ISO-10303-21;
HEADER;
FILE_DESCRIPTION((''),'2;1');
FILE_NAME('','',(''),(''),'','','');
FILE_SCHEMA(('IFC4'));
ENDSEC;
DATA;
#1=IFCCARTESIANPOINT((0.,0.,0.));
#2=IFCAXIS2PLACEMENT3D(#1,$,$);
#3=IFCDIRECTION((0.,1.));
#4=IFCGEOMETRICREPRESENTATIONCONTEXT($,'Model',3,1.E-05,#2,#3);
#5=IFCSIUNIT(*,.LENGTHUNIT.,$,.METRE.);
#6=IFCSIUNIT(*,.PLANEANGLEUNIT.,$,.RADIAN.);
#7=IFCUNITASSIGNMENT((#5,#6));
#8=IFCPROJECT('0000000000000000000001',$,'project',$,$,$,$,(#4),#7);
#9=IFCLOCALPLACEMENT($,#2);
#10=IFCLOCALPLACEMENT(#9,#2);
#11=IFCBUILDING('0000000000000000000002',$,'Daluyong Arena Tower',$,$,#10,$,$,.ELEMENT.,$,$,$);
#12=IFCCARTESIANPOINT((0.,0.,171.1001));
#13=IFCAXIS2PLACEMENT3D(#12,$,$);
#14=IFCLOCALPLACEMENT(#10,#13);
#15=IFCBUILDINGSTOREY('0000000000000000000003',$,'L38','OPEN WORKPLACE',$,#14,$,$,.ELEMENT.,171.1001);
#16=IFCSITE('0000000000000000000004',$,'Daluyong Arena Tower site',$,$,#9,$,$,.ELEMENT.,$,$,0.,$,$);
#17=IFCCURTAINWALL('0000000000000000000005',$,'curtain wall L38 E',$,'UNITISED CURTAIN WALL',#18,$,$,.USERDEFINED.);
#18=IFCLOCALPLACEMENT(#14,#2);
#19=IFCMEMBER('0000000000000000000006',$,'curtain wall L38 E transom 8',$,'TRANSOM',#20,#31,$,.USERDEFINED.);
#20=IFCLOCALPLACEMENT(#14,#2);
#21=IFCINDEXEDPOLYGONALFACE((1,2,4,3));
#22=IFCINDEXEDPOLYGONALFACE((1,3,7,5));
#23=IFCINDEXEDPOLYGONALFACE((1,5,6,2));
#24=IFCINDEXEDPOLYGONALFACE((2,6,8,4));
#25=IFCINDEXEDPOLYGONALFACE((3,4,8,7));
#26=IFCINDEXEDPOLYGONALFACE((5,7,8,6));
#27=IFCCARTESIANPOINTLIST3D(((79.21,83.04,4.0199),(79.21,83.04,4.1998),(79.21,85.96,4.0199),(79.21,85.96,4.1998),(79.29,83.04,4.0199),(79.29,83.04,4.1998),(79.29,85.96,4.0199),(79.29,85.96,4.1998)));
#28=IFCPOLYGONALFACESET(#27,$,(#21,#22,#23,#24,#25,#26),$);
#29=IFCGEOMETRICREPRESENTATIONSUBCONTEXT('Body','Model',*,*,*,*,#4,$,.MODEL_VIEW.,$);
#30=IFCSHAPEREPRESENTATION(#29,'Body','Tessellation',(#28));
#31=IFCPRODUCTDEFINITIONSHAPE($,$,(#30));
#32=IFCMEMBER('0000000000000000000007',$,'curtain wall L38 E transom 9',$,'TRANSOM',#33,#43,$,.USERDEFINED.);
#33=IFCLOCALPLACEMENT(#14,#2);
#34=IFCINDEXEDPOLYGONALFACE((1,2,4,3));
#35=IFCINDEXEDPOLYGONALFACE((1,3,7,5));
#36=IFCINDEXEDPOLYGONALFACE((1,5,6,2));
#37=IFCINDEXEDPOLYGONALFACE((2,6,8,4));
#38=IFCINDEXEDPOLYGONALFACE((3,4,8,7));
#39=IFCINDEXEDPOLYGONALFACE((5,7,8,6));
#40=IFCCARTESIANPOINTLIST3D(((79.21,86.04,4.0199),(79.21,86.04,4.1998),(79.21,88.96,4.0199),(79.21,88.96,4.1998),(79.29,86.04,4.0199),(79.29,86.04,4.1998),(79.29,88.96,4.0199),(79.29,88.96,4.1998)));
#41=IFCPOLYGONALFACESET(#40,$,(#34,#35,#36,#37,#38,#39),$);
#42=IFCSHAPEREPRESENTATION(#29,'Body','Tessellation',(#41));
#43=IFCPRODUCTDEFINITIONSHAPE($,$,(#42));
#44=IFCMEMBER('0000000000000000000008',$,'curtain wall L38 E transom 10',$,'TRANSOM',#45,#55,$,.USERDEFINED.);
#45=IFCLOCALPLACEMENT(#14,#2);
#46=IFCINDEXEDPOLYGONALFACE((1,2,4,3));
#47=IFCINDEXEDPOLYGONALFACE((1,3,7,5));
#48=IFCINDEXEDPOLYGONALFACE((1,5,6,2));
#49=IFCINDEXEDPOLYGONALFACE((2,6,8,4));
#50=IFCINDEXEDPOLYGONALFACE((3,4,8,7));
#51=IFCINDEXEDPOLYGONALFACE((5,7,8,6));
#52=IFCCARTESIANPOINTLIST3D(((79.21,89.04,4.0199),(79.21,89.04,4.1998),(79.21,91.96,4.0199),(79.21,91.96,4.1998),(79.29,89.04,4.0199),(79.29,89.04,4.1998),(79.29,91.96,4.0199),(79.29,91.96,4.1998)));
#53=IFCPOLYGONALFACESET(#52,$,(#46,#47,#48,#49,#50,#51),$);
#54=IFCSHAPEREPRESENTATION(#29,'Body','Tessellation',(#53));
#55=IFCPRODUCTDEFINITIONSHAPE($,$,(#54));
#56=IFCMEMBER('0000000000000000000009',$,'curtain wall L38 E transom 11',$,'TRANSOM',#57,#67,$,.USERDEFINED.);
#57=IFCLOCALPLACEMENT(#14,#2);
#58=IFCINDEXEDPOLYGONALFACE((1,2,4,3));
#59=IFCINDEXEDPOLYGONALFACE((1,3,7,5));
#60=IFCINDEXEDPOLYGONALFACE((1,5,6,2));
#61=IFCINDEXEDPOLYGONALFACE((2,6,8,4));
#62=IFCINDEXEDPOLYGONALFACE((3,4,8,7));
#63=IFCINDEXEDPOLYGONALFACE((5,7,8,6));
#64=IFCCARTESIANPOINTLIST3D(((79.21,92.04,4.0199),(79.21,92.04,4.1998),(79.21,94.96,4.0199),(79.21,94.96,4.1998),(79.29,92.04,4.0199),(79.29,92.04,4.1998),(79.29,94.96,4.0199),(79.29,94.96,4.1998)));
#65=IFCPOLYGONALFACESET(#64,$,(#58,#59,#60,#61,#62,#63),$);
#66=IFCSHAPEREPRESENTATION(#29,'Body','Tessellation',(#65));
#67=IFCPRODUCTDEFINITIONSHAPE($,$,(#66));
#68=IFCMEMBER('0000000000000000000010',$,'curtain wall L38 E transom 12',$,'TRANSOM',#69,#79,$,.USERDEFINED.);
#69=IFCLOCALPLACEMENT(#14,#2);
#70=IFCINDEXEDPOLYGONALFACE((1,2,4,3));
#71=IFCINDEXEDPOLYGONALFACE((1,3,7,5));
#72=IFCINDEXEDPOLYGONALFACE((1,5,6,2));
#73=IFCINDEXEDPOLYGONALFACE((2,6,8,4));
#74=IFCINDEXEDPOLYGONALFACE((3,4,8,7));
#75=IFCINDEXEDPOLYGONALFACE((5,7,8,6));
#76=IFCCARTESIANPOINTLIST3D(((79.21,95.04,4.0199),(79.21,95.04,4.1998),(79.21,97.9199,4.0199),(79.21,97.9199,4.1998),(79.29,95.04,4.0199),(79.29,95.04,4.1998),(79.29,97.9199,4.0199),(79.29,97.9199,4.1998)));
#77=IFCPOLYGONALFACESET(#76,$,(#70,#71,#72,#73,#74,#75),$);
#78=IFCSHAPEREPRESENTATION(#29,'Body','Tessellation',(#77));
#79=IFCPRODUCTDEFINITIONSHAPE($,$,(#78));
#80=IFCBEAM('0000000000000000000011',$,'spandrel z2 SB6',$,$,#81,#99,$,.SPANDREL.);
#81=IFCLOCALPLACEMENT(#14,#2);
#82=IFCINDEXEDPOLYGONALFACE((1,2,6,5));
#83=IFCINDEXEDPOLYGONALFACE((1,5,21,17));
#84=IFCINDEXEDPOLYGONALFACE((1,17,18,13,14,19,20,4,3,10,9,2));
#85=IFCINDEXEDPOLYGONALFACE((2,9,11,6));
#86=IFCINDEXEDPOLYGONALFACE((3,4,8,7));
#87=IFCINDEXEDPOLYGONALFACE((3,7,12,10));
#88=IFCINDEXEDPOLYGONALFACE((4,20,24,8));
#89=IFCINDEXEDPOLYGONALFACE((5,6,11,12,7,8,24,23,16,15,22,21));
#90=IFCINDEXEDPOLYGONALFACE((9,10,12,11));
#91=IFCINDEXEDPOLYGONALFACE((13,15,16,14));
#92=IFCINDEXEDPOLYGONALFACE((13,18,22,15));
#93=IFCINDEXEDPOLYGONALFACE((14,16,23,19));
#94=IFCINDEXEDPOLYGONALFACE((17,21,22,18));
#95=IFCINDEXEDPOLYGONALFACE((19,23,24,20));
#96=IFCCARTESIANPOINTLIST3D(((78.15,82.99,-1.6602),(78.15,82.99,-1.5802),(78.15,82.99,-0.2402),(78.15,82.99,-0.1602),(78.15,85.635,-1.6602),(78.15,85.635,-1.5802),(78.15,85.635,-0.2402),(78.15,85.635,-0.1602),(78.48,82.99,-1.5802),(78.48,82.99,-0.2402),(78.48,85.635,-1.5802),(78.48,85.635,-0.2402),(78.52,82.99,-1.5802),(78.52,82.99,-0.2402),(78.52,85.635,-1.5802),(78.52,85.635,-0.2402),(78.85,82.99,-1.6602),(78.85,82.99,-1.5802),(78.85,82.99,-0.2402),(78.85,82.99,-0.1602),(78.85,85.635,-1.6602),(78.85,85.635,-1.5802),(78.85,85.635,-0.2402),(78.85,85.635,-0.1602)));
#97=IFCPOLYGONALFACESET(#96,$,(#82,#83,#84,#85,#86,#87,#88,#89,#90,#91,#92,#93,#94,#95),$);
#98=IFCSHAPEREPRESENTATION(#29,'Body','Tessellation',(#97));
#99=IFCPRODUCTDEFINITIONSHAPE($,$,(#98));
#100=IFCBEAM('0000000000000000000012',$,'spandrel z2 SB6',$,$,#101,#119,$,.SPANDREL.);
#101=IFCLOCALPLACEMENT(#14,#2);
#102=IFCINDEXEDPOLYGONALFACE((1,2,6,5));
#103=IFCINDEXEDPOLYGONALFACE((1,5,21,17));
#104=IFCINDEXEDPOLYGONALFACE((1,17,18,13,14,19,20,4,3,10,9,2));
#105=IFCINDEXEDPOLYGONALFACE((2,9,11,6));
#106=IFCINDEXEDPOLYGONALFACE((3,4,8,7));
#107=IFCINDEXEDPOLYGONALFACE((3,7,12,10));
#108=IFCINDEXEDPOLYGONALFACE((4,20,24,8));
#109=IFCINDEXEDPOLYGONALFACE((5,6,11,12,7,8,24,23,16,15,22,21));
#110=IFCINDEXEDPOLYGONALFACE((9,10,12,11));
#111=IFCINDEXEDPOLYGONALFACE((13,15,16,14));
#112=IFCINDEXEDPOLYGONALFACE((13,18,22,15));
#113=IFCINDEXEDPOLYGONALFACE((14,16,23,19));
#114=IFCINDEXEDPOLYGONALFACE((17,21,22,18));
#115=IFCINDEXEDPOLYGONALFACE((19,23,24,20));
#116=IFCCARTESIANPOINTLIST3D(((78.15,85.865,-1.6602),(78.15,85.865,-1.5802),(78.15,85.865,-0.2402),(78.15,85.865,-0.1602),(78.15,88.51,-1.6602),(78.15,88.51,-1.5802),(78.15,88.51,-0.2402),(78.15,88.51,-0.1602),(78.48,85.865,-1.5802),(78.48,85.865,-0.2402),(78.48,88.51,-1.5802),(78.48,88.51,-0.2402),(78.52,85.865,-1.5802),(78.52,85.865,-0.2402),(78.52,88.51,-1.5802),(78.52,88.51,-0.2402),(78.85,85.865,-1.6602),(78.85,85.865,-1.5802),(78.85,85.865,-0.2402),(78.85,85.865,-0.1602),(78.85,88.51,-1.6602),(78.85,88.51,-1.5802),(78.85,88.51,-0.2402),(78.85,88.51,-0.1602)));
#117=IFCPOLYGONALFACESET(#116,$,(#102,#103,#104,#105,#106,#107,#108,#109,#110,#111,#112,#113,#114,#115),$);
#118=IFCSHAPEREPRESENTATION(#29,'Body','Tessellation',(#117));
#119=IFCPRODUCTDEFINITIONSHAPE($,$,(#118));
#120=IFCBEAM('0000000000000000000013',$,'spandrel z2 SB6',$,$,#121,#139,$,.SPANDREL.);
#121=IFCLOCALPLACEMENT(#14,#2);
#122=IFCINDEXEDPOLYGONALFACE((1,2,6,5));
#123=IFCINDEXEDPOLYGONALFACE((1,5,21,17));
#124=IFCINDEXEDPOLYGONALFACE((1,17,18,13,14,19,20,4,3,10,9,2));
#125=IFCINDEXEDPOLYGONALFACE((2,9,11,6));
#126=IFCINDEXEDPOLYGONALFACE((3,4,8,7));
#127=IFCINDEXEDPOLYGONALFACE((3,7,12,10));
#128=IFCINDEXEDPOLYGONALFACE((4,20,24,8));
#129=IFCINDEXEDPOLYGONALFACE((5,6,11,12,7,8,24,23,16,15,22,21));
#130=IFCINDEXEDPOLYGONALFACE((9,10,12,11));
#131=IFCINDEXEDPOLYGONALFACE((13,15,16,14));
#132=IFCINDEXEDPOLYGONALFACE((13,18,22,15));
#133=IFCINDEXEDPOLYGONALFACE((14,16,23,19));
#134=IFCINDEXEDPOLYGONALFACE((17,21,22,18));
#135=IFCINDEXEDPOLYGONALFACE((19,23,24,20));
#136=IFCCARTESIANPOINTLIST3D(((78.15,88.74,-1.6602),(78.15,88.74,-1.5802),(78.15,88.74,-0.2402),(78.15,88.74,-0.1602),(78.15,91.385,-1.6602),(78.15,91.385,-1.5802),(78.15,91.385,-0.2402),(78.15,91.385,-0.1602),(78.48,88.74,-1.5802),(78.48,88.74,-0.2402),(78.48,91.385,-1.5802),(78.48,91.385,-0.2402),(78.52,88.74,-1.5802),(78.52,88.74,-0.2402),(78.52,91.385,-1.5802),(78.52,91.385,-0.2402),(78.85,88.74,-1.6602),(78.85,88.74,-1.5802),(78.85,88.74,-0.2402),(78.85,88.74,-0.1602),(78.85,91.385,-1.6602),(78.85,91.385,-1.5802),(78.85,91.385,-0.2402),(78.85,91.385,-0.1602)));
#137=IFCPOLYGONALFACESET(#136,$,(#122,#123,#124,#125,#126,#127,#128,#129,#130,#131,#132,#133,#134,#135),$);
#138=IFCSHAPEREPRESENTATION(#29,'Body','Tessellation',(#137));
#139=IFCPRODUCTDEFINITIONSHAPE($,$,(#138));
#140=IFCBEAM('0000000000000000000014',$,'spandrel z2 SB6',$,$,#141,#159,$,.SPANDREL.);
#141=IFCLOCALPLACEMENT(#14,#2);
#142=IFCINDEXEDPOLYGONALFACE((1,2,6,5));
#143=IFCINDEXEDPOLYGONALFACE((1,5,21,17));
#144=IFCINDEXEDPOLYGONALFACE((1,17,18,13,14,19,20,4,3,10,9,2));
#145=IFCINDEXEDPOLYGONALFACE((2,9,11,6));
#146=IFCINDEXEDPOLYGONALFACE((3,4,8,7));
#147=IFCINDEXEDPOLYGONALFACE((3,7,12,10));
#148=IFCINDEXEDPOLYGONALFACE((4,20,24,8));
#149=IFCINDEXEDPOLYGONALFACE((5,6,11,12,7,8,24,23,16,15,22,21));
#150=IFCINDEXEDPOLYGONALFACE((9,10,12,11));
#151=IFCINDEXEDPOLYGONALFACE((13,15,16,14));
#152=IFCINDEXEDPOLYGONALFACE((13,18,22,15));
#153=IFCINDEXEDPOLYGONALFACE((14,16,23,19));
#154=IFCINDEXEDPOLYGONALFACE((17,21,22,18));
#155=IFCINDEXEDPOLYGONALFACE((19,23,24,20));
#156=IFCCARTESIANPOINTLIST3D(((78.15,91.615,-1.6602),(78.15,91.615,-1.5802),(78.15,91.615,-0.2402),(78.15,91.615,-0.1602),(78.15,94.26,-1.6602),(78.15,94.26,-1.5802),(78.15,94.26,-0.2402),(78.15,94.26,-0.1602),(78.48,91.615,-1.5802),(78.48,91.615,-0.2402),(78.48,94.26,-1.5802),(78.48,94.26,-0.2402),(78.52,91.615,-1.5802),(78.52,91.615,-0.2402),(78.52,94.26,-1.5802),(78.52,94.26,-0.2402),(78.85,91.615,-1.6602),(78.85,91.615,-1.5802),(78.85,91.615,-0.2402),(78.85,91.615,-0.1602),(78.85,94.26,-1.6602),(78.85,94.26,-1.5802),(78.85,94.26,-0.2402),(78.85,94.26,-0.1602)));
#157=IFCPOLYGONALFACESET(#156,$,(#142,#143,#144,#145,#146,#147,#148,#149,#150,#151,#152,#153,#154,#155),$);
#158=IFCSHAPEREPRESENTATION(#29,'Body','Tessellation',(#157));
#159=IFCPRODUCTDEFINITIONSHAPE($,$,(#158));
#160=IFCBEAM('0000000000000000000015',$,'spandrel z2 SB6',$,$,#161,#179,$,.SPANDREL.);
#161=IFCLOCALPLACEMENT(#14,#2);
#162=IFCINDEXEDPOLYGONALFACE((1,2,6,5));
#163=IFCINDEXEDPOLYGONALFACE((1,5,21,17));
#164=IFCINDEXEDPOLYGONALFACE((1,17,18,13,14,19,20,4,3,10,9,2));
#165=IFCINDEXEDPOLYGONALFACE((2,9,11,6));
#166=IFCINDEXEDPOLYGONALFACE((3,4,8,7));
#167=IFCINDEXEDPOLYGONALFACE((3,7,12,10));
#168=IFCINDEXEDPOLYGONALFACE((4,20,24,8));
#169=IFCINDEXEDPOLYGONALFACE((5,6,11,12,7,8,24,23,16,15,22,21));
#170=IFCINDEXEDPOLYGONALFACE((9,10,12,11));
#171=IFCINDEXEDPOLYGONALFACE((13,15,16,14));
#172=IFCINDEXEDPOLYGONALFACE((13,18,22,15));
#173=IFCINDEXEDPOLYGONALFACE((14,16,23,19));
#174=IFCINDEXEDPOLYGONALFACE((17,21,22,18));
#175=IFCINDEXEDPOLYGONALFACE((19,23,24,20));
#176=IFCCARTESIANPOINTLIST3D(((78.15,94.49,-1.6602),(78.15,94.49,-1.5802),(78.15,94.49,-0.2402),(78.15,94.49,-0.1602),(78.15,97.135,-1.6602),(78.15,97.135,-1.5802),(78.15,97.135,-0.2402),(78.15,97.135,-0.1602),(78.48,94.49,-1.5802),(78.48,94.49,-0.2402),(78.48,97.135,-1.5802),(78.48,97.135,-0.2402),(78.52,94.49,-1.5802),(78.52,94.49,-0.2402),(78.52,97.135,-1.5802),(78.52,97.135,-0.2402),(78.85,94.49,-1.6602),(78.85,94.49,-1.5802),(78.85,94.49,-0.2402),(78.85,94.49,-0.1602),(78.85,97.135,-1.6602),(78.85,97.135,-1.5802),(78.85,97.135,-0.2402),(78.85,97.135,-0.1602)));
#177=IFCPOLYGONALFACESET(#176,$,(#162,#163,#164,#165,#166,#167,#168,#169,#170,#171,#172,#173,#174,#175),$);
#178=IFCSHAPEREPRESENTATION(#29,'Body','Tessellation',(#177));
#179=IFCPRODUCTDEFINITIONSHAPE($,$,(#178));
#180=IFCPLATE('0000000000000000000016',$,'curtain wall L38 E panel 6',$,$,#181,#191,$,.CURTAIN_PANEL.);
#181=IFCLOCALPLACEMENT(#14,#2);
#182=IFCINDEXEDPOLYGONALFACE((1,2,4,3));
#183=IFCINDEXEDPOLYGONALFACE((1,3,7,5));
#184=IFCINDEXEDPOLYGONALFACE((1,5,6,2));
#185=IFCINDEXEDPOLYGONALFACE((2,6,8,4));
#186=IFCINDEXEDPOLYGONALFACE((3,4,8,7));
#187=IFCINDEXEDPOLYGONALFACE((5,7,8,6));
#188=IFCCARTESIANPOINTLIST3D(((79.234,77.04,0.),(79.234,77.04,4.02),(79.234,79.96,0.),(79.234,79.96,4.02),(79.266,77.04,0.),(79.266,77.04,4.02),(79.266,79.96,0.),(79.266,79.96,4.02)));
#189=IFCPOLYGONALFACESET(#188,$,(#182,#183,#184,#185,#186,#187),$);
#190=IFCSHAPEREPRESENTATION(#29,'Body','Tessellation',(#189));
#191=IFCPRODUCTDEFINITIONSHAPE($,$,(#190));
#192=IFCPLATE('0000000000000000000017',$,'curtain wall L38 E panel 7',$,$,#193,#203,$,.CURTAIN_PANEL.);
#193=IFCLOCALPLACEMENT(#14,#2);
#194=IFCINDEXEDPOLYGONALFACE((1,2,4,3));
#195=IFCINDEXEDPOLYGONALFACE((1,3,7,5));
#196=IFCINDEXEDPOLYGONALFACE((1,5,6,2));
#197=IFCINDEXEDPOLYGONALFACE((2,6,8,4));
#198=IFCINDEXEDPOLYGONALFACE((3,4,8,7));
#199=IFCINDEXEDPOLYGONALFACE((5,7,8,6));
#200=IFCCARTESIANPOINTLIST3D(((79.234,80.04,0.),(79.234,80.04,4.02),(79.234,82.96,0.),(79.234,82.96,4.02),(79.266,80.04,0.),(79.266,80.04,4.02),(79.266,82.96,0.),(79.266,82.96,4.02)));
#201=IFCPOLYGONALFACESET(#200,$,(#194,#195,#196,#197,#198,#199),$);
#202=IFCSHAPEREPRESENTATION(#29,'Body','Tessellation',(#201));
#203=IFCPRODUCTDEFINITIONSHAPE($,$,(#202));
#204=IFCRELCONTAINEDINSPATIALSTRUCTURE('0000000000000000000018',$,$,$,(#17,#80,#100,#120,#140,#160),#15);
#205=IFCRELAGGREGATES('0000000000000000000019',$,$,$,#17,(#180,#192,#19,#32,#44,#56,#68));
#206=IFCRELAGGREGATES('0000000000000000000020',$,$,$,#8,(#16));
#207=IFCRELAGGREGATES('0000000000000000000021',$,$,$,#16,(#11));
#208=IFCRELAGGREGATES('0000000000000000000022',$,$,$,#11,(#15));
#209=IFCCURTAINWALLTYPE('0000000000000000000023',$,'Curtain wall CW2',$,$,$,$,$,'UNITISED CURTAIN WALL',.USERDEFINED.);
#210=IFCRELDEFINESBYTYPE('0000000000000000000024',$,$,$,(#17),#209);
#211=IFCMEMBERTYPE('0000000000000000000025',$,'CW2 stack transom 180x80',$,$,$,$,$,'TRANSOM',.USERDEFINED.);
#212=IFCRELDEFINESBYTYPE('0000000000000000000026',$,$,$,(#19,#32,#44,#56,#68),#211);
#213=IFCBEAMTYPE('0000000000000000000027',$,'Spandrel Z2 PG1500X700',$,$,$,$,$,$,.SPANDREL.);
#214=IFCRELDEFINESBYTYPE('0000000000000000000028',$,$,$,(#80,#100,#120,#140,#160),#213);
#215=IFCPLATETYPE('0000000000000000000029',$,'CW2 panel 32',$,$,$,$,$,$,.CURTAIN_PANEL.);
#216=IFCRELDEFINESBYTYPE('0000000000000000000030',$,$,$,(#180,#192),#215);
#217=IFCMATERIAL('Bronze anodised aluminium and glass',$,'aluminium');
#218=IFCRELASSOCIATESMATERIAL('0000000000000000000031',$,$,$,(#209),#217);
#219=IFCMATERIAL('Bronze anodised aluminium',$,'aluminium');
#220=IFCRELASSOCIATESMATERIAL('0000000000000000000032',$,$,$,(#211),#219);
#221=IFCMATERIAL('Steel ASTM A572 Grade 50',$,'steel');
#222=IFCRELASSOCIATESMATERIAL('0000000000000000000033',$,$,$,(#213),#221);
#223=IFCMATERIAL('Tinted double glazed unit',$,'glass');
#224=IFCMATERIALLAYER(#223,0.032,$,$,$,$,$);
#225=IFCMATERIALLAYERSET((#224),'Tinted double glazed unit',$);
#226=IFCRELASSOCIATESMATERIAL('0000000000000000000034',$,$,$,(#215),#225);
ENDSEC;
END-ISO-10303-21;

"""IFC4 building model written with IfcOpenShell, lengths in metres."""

from ifc_helpers import new_model, si_unit, direction, frame, origin, origin_2d, place, context, subcontext, project, spatial, rectangle, i_section, extrude, material, layer, layer_set, material_profile, profile_set, type_object, element, aggregate, save


model = new_model("IFC4")

# Units and contexts
model_context = context("Model", 3, precision=1e-05, world=origin(), true_north=direction((0.0, 1.0)))
body_context = subcontext(model_context, "Body", "Model", "MODEL_VIEW")
ifc_project = project(units=[si_unit("LENGTHUNIT", "METRE"), si_unit("PLANEANGLEUNIT", "RADIAN")], contexts=[model_context])

# Site, building, storey
site_placement = place(None, origin())
site = spatial("IfcSite", under=ifc_project, at=site_placement, Name="Daluyong Arena Tower site", CompositionType="ELEMENT", RefElevation=0.0)
building_placement = place(site_placement, origin())
building = spatial("IfcBuilding", under=site, at=building_placement, Name="Daluyong Arena Tower", CompositionType="ELEMENT")
storey_placement = place(building_placement, frame((0.0, 0.0, 171.1001)))
storey = spatial("IfcBuildingStorey", under=building, at=storey_placement, Name="L38", Description="OPEN WORKPLACE", CompositionType="ELEMENT", Elevation=171.1001)

# Curtain wall, members
ifc_material_1 = material(Name="Bronze anodised aluminium and glass", Category="aluminium")
curtain_wall_type = type_object("IfcCurtainWallType", Name="Curtain wall CW2", ElementType="UNITISED CURTAIN WALL", PredefinedType="USERDEFINED", material=ifc_material_1)
curtain_wall_placement = place(storey_placement, origin())
curtain_wall = element("IfcCurtainWall", 1, at=curtain_wall_placement, inside=storey, type_object=curtain_wall_type, Name="curtain wall L38 E", ObjectType="UNITISED CURTAIN WALL", PredefinedType="USERDEFINED")
ifc_material_2 = material(Name="Bronze anodised aluminium", Category="aluminium")
ifc_material_profile_1 = material_profile(ifc_material_2, rectangle(XDim=0.0801, YDim=0.1799, at=origin_2d()))
ifc_profile_set_1 = profile_set([ifc_material_profile_1], Name="Bronze anodised aluminium")
member_type_1 = type_object("IfcMemberType", Name="CW2 stack transom 180x80", ElementType="TRANSOM", PredefinedType="USERDEFINED", material=ifc_profile_set_1)
member_1_placement = place(storey_placement, frame((79.25, 83.04, 4.1099), z_axis=(0.0, 1.0, 0.0), x_axis=(-1.0, 0.0, 0.0)))
member_1 = element("IfcMember", 2, at=member_1_placement, type_object=member_type_1, Name="curtain wall L38 E transom 8", ObjectType="TRANSOM", PredefinedType="USERDEFINED", context=body_context, shape_type="SweptSolid", body=[
    extrude(rectangle(XDim=0.0801, YDim=0.1799, at=origin_2d()), origin(), (0.0, 0.0, 1.0), 2.9199),
])
member_2_placement = place(storey_placement, frame((79.25, 86.04, 4.1099), z_axis=(0.0, 1.0, 0.0), x_axis=(-1.0, 0.0, 0.0)))
member_2 = element("IfcMember", 3, at=member_2_placement, type_object=member_type_1, Name="curtain wall L38 E transom 9", ObjectType="TRANSOM", PredefinedType="USERDEFINED", context=body_context, shape_type="SweptSolid", body=[
    extrude(rectangle(XDim=0.0801, YDim=0.1799, at=origin_2d()), origin(), (0.0, 0.0, 1.0), 2.9199),
])
member_3_placement = place(storey_placement, frame((79.25, 89.04, 4.1099), z_axis=(0.0, 1.0, 0.0), x_axis=(-1.0, 0.0, 0.0)))
member_3 = element("IfcMember", 4, at=member_3_placement, type_object=member_type_1, Name="curtain wall L38 E transom 10", ObjectType="TRANSOM", PredefinedType="USERDEFINED", context=body_context, shape_type="SweptSolid", body=[
    extrude(rectangle(XDim=0.0801, YDim=0.1799, at=origin_2d()), origin(), (0.0, 0.0, 1.0), 2.9199),
])
member_4_placement = place(storey_placement, frame((79.25, 92.04, 4.1099), z_axis=(0.0, 1.0, 0.0), x_axis=(-1.0, 0.0, 0.0)))
member_4 = element("IfcMember", 5, at=member_4_placement, type_object=member_type_1, Name="curtain wall L38 E transom 11", ObjectType="TRANSOM", PredefinedType="USERDEFINED", context=body_context, shape_type="SweptSolid", body=[
    extrude(rectangle(XDim=0.0801, YDim=0.1799, at=origin_2d()), origin(), (0.0, 0.0, 1.0), 2.9199),
])
member_5_placement = place(storey_placement, frame((79.25, 95.04, 4.1099), z_axis=(0.0, 1.0, 0.0), x_axis=(-1.0, 0.0, 0.0)))
member_5 = element("IfcMember", 6, at=member_5_placement, type_object=member_type_1, Name="curtain wall L38 E transom 12", ObjectType="TRANSOM", PredefinedType="USERDEFINED", context=body_context, shape_type="SweptSolid", body=[
    extrude(rectangle(XDim=0.0801, YDim=0.1799, at=origin_2d()), origin(), (0.0, 0.0, 1.0), 2.8799),
])

# Beams
ifc_material_3 = material(Name="Steel ASTM A572 Grade 50", Category="steel")
ifc_material_profile_2 = material_profile(ifc_material_3, i_section(OverallWidth=0.7, OverallDepth=1.5, WebThickness=0.04, FlangeThickness=0.08, at=origin_2d()))
ifc_profile_set_2 = profile_set([ifc_material_profile_2], Name="Steel ASTM A572 Grade 50")
beam_type = type_object("IfcBeamType", Name="Spandrel Z2 PG1500X700", PredefinedType="SPANDREL", material=ifc_profile_set_2)
for number, where, z_axis, x_axis, name in (
    (7, (78.5, 82.99, -0.9102), (0.0, 1.0, 0.0), (-1.0, 0.0, 0.0), "spandrel z2 SB6"),
    (8, (78.5, 85.865, -0.9102), (0.0, 1.0, 0.0), (-1.0, 0.0, 0.0), "spandrel z2 SB6"),
    (9, (78.5, 88.74, -0.9102), (0.0, 1.0, 0.0), (-1.0, 0.0, 0.0), "spandrel z2 SB6"),
    (10, (78.5, 91.615, -0.9102), (0.0, 1.0, 0.0), (-1.0, 0.0, 0.0), "spandrel z2 SB6"),
    (11, (78.5, 94.49, -0.9102), (0.0, 1.0, 0.0), (-1.0, 0.0, 0.0), "spandrel z2 SB6"),
):
    element("IfcBeam", number, at=place(storey_placement, frame(where, z_axis=z_axis, x_axis=x_axis)), inside=storey, type_object=beam_type, Name=name, PredefinedType="SPANDREL", context=body_context, shape_type="SweptSolid", body=[
        extrude(i_section(OverallWidth=0.7, OverallDepth=1.5, WebThickness=0.04, FlangeThickness=0.08, at=origin_2d()), origin(), (0.0, 0.0, 1.0), 2.645),
    ])

# Plates
ifc_material_4 = material(Name="Tinted double glazed unit", Category="glass")
ifc_layer = layer(ifc_material_4, 0.032)
ifc_layer_set = layer_set([ifc_layer], Name="Tinted double glazed unit")
plate_type = type_object("IfcPlateType", Name="CW2 panel 32", PredefinedType="CURTAIN_PANEL", material=ifc_layer_set)
plate_1_placement = place(storey_placement, frame((79.25, 78.5, 0.0), z_axis=(0.0, 0.0, 1.0), x_axis=(0.0, 1.0, 0.0)))
plate_1 = element("IfcPlate", 12, at=plate_1_placement, type_object=plate_type, Name="curtain wall L38 E panel 6", PredefinedType="CURTAIN_PANEL", context=body_context, shape_type="SweptSolid", body=[
    extrude(rectangle(XDim=2.9199, YDim=0.032, at=origin_2d()), origin(), (0.0, 0.0, 1.0), 4.02),
])
plate_2_placement = place(storey_placement, frame((79.25, 81.5, 0.0), z_axis=(0.0, 0.0, 1.0), x_axis=(0.0, 1.0, 0.0)))
plate_2 = element("IfcPlate", 13, at=plate_2_placement, type_object=plate_type, Name="curtain wall L38 E panel 7", PredefinedType="CURTAIN_PANEL", context=body_context, shape_type="SweptSolid", body=[
    extrude(rectangle(XDim=2.9199, YDim=0.032, at=origin_2d()), origin(), (0.0, 0.0, 1.0), 4.02),
])
aggregate(curtain_wall, [plate_1, plate_2, member_1, member_2, member_3, member_4, member_5])

save(model, "model.ifc")
